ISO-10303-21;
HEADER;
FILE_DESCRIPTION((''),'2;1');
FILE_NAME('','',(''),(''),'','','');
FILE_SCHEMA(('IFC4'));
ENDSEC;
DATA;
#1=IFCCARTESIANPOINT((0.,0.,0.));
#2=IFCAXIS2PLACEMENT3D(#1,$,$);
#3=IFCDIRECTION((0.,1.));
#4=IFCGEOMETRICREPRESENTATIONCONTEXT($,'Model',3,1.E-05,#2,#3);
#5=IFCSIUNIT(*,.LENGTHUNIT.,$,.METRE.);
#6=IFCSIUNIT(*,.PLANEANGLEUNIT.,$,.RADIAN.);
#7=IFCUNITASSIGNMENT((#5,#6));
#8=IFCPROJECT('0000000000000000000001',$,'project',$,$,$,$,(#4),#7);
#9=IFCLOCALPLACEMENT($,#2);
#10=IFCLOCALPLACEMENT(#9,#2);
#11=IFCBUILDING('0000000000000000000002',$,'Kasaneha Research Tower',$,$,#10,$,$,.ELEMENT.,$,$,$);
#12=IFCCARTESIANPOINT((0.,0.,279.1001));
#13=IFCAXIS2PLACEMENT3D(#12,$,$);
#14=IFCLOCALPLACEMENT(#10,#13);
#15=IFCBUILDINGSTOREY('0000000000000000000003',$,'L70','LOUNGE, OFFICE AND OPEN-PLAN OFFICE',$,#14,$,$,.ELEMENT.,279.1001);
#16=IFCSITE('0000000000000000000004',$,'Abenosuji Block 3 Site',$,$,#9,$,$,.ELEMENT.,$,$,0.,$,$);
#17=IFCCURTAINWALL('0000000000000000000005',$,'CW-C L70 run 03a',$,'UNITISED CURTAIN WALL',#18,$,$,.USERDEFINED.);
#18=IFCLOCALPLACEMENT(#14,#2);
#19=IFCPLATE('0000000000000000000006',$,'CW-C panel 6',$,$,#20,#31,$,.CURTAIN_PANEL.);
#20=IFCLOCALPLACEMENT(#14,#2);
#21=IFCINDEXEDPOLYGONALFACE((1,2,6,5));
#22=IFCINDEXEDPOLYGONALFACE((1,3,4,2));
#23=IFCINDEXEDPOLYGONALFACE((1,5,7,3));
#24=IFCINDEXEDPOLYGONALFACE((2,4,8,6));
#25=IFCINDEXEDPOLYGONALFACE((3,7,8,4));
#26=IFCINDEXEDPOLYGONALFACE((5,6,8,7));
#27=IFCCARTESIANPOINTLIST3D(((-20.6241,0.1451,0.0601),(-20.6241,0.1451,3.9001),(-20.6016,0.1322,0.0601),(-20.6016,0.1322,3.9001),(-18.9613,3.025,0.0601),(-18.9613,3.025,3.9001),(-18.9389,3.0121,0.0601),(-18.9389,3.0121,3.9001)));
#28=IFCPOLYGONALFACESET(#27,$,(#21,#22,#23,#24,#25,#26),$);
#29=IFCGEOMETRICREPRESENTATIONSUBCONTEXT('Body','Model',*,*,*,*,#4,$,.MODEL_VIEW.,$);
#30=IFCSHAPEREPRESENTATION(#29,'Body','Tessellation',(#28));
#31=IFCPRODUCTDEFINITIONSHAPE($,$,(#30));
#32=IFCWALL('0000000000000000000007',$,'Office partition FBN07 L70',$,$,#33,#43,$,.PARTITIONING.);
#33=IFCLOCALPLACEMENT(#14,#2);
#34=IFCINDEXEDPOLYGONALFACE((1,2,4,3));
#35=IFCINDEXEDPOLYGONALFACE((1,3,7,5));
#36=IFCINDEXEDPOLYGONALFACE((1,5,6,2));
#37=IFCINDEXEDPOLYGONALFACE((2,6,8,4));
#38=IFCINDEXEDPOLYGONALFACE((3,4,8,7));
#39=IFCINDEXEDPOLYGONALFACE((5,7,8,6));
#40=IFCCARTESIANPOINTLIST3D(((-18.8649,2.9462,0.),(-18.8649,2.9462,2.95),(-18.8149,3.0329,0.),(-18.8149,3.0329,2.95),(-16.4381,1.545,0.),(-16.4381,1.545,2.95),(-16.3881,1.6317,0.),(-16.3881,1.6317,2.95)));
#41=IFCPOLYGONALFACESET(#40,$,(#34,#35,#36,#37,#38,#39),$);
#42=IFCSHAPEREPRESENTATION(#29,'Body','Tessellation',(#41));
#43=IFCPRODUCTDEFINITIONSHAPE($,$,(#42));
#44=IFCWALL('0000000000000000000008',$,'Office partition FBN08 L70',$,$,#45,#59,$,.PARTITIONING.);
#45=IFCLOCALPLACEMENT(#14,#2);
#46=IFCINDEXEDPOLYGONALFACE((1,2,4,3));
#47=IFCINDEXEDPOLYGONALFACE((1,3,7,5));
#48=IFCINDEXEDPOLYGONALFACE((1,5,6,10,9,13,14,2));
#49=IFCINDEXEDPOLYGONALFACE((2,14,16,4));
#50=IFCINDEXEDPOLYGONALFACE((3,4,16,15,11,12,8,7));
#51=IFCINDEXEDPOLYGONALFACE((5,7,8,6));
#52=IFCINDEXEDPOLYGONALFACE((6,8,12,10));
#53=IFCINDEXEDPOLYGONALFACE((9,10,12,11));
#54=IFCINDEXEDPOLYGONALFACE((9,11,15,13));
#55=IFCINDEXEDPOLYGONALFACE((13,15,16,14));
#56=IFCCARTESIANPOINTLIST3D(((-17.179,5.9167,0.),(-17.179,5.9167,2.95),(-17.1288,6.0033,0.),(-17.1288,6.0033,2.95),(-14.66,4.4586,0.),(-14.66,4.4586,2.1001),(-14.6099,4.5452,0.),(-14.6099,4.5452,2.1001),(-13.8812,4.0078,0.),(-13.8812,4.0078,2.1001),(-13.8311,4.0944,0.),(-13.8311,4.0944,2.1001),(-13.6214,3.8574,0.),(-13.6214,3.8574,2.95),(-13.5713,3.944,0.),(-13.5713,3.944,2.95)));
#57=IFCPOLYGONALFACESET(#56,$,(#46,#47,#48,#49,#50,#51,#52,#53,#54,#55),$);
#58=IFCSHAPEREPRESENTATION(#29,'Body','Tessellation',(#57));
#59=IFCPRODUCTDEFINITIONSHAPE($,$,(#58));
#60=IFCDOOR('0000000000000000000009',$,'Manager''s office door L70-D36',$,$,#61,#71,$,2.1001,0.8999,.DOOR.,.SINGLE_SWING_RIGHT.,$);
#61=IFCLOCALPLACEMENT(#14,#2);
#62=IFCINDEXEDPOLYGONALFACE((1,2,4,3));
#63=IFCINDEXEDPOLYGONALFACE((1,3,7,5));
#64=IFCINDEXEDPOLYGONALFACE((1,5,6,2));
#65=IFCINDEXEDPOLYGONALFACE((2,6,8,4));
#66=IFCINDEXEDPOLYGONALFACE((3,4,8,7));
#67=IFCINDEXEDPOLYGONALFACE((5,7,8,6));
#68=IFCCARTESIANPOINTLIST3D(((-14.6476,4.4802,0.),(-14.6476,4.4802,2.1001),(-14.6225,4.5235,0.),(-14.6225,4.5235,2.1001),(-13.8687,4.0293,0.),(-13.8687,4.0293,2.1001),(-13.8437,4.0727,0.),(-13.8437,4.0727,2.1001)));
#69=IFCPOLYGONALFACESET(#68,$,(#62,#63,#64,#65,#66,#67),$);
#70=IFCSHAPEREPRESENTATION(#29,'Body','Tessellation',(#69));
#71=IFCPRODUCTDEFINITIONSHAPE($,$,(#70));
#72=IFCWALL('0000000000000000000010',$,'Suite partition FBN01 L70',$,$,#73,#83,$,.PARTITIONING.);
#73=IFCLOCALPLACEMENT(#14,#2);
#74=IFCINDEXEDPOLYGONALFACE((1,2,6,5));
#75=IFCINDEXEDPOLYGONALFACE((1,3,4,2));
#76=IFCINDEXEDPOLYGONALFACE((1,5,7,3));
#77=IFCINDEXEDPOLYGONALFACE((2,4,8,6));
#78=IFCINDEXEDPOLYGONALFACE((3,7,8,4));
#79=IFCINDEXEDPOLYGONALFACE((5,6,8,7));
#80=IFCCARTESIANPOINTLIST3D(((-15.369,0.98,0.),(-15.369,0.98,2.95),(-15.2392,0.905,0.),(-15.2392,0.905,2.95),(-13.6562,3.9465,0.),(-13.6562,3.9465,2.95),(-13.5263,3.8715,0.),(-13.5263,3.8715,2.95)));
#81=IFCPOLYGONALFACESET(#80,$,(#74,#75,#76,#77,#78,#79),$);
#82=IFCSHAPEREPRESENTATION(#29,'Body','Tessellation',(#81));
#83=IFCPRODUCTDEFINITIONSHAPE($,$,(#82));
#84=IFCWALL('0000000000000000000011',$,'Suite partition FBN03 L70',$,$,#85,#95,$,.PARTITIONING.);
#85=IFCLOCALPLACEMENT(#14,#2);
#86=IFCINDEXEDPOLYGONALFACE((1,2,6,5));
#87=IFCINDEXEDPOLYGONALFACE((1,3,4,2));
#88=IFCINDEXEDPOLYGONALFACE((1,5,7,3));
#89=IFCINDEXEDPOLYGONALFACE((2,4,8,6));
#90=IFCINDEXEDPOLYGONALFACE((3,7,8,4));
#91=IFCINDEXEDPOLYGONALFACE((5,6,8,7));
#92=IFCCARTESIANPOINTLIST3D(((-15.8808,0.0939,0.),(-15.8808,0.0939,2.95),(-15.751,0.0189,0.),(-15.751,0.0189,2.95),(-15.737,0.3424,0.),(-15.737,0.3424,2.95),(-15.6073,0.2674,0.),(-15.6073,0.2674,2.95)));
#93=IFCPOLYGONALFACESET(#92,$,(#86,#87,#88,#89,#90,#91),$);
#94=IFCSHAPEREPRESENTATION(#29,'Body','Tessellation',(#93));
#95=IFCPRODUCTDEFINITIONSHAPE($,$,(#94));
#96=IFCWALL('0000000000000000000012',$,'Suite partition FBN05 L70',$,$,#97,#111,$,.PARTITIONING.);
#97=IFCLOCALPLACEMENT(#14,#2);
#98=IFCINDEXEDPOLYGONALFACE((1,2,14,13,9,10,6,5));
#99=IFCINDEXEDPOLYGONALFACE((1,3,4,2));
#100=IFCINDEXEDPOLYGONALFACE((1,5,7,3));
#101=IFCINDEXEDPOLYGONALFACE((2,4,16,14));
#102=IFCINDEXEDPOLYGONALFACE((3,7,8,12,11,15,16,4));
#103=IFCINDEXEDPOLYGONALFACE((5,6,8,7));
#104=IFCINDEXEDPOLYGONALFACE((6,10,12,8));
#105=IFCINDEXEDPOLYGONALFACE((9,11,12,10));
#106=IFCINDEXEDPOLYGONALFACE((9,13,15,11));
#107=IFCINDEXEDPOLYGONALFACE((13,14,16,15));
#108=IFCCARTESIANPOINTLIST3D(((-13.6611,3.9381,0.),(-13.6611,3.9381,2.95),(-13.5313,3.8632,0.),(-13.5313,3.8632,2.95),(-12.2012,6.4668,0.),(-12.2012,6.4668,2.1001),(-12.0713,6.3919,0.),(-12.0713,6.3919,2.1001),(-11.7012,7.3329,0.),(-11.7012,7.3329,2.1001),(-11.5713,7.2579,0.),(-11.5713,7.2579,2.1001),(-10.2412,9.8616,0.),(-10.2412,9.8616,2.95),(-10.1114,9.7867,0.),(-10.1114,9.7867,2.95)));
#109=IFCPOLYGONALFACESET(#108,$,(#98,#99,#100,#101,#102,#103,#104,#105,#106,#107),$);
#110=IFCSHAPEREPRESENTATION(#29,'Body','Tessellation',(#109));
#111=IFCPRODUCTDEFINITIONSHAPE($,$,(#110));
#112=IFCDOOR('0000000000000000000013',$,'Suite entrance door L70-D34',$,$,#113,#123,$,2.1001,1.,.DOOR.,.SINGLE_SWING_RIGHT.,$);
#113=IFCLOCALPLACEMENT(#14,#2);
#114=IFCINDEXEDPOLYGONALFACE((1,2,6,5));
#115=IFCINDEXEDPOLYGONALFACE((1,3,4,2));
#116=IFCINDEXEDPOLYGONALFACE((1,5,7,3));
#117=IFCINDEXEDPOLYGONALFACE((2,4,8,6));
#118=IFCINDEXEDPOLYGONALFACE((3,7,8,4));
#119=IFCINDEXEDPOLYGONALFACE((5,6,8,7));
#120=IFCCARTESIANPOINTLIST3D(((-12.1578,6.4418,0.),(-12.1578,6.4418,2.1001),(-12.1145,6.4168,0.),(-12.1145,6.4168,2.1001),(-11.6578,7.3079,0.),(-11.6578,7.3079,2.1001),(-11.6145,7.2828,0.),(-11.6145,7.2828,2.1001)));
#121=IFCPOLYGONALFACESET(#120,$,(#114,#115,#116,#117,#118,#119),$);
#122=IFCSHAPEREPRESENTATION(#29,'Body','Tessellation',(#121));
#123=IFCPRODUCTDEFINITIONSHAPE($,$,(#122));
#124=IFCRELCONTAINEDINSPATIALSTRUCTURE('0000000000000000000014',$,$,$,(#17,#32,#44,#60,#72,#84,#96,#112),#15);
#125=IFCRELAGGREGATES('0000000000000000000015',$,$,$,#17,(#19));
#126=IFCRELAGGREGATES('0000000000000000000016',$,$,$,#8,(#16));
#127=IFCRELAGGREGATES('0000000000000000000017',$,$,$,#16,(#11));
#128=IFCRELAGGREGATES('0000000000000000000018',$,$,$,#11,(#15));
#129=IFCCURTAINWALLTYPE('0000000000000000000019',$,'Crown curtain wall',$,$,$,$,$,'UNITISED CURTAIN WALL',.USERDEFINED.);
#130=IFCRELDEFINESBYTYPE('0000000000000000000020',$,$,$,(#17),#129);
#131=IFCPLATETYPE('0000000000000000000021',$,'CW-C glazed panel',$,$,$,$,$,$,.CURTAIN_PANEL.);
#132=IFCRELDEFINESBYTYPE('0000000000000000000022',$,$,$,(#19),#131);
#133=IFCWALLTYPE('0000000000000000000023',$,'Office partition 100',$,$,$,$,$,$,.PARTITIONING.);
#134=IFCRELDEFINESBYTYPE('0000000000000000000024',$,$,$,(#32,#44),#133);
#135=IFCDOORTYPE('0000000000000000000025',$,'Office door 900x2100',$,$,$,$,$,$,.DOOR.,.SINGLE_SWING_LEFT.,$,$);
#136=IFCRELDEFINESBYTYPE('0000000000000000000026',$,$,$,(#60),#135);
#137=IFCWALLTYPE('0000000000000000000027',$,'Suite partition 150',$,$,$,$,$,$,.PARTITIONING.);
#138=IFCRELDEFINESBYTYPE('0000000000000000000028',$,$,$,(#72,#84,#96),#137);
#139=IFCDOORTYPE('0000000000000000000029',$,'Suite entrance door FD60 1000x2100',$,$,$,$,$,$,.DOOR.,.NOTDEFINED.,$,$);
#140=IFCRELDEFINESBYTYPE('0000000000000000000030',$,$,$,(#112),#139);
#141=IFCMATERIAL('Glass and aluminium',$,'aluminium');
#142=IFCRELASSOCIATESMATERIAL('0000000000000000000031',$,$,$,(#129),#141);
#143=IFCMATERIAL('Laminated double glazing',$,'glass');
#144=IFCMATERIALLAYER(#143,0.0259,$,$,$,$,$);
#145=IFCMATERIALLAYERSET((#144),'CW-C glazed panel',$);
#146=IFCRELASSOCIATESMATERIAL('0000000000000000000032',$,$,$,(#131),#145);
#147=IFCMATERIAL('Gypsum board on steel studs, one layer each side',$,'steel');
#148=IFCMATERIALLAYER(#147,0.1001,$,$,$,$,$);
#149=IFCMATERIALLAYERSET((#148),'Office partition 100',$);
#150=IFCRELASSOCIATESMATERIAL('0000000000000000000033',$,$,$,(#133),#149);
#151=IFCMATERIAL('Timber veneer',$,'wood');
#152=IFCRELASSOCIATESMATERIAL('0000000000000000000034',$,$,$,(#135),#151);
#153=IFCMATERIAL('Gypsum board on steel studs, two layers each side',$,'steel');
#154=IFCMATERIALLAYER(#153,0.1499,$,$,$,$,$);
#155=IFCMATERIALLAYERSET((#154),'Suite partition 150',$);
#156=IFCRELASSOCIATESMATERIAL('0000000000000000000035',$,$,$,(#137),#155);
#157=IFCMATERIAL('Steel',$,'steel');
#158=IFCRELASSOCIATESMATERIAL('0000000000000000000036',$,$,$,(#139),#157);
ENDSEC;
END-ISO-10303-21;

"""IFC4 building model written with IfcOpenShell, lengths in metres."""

from ifc_helpers import new_model, si_unit, direction, frame, frame_2d, origin, origin_2d, place, context, subcontext, project, spatial, rectangle, extrude, material, layer, layer_set, type_object, element, fill, aggregate, save


model = new_model("IFC4")

# Units and contexts
model_context = context("Model", 3, precision=1e-05, world=origin(), true_north=direction((0.0, 1.0)))
body_context = subcontext(model_context, "Body", "Model", "MODEL_VIEW")
ifc_project = project(units=[si_unit("LENGTHUNIT", "METRE"), si_unit("PLANEANGLEUNIT", "RADIAN")], contexts=[model_context])

# Site, building, storey
site_placement = place(None, origin())
site = spatial("IfcSite", under=ifc_project, at=site_placement, Name="Abenosuji Block 3 Site", CompositionType="ELEMENT", RefElevation=0.0)
building_placement = place(site_placement, origin())
building = spatial("IfcBuilding", under=site, at=building_placement, Name="Kasaneha Research Tower", CompositionType="ELEMENT")
storey_placement = place(building_placement, frame((0.0, 0.0, 279.1001)))
storey = spatial("IfcBuildingStorey", under=building, at=storey_placement, Name="L70", Description="LOUNGE, OFFICE AND OPEN-PLAN OFFICE", CompositionType="ELEMENT", Elevation=279.1001)

# Curtain wall
ifc_material_1 = material(Name="Glass and aluminium", Category="aluminium")
curtain_wall_type = type_object("IfcCurtainWallType", Name="Crown curtain wall", ElementType="UNITISED CURTAIN WALL", PredefinedType="USERDEFINED", material=ifc_material_1)
curtain_wall_placement = place(storey_placement, origin())
curtain_wall = element("IfcCurtainWall", 1, at=curtain_wall_placement, inside=storey, type_object=curtain_wall_type, Name="CW-C L70 run 03a", ObjectType="UNITISED CURTAIN WALL", PredefinedType="USERDEFINED")

# Plate
ifc_material_2 = material(Name="Laminated double glazing", Category="glass")
ifc_layer_1 = layer(ifc_material_2, 0.0259)
ifc_layer_set_1 = layer_set([ifc_layer_1], Name="CW-C glazed panel")
plate_type = type_object("IfcPlateType", Name="CW-C glazed panel", PredefinedType="CURTAIN_PANEL", material=ifc_layer_set_1)
plate_1_placement = place(storey_placement, frame((-19.7815, 1.5786, 0.0601), z_axis=(0.0, 0.0, 1.0), x_axis=(-0.5, -0.866025, 0.0)))
plate_1 = element("IfcPlate", 2, at=plate_1_placement, type_object=plate_type, Name="CW-C panel 6", PredefinedType="CURTAIN_PANEL", context=body_context, shape_type="SweptSolid", body=[
    extrude(rectangle(XDim=3.3254, YDim=0.0259, at=origin_2d()), origin(), (0.0, 0.0, 1.0), 3.8401),
])
aggregate(curtain_wall, [plate_1])

# Wall
ifc_material_3 = material(Name="Gypsum board on steel studs, one layer each side", Category="steel")
ifc_layer_2 = layer(ifc_material_3, 0.1001)
ifc_layer_set_2 = layer_set([ifc_layer_2], Name="Office partition 100")
wall_type_1 = type_object("IfcWallType", Name="Office partition 100", PredefinedType="PARTITIONING", material=ifc_layer_set_2)
wall_1_placement = place(storey_placement, frame((-16.4131, 1.5884, 0.0), z_axis=(0.0, 0.0, 1.0), x_axis=(-0.86602, 0.500009, 0.0)))
element("IfcWall", 3, at=wall_1_placement, inside=storey, type_object=wall_type_1, Name="Office partition FBN07 L70", PredefinedType="PARTITIONING", context=body_context, shape_type="SweptSolid", body=[
    extrude(rectangle(XDim=2.8022, YDim=0.1001, at=frame_2d((1.4011, 0.0))), origin(), (0.0, 0.0, 1.0), 2.95),
])

# Wall, opening, door
wall_2_placement = place(storey_placement, frame((-17.1538, 5.96, 0.0), z_axis=(0.0, 0.0, 1.0), x_axis=(0.865463, -0.500973, 0.0)))
wall_2 = element("IfcWall", 4, at=wall_2_placement, inside=storey, type_object=wall_type_1, Name="Office partition FBN08 L70", PredefinedType="PARTITIONING", context=body_context, shape_type="SweptSolid", body=[
    extrude(rectangle(XDim=4.1106, YDim=0.1001, at=frame_2d((2.0552, 0.0))), origin(), (0.0, 0.0, 1.0), 2.95),
])
opening_1_placement = place(wall_2_placement, frame((2.9104, 0.0, 0.0)))
opening_1 = element("IfcOpeningElement", 5, at=opening_1_placement, cuts=wall_2, PredefinedType="OPENING", context=body_context, shape_type="SweptSolid", body=[
    extrude(rectangle(XDim=0.8999, YDim=2.1001, at=frame_2d((0.45, 1.05))), frame((0.0, 0.0601, 0.0), z_axis=(0.0, -1.0, 0.0), x_axis=(1.0, 0.0, 0.0)), (0.0, 0.0, 1.0), 0.1201),
])
ifc_material_4 = material(Name="Timber veneer", Category="wood")
door_type_1 = type_object("IfcDoorType", Name="Office door 900x2100", OperationType="SINGLE_SWING_LEFT", PredefinedType="DOOR", material=ifc_material_4)
door_1_placement = place(opening_1_placement, origin())
door_1 = element("IfcDoor", 6, at=door_1_placement, inside=storey, type_object=door_type_1, Name="Manager's office door L70-D36", OperationType="SINGLE_SWING_RIGHT", OverallHeight=2.1001, OverallWidth=0.8999, PredefinedType="DOOR", context=body_context, shape_type="SweptSolid", body=[
    extrude(rectangle(XDim=0.8999, YDim=2.1001, at=frame_2d((0.45, 1.05))), frame((0.0, 0.0249, 0.0), z_axis=(0.0, -1.0, 0.0), x_axis=(1.0, 0.0, 0.0)), (0.0, 0.0, 1.0), 0.05),
])
fill(opening_1, door_1)

# Walls
ifc_material_5 = material(Name="Gypsum board on steel studs, two layers each side", Category="steel")
ifc_layer_3 = layer(ifc_material_5, 0.1499)
ifc_layer_set_3 = layer_set([ifc_layer_3], Name="Suite partition 150")
wall_type_2 = type_object("IfcWallType", Name="Suite partition 150", PredefinedType="PARTITIONING", material=ifc_layer_set_3)
wall_3_placement = place(storey_placement, frame((-15.3042, 0.9424, 0.0), z_axis=(0.0, 0.0, 1.0), x_axis=(0.500033, 0.866006, 0.0)))
element("IfcWall", 7, at=wall_3_placement, inside=storey, type_object=wall_type_2, Name="Suite partition FBN01 L70", PredefinedType="PARTITIONING", context=body_context, shape_type="SweptSolid", body=[
    extrude(rectangle(XDim=3.4255, YDim=0.1499, at=frame_2d((1.7129, 0.0))), origin(), (0.0, 0.0, 1.0), 2.95),
])
wall_4_placement = place(storey_placement, frame((-15.8159, 0.0564, 0.0), z_axis=(0.0, 0.0, 1.0), x_axis=(0.500802, 0.865562, 0.0)))
element("IfcWall", 8, at=wall_4_placement, inside=storey, type_object=wall_type_2, Name="Suite partition FBN03 L70", PredefinedType="PARTITIONING", context=body_context, shape_type="SweptSolid", body=[
    extrude(rectangle(XDim=0.2871, YDim=0.1499, at=frame_2d((0.1436, 0.0))), origin(), (0.0, 0.0, 1.0), 2.95),
])

# Wall, opening, door
wall_5_placement = place(storey_placement, frame((-13.5962, 3.9006, 0.0), z_axis=(0.0, 0.0, 1.0), x_axis=(0.499993, 0.866029, 0.0)))
wall_5 = element("IfcWall", 9, at=wall_5_placement, inside=storey, type_object=wall_type_2, Name="Suite partition FBN05 L70", PredefinedType="PARTITIONING", context=body_context, shape_type="SweptSolid", body=[
    extrude(rectangle(XDim=6.8398, YDim=0.1499, at=frame_2d((3.4199, 0.0))), origin(), (0.0, 0.0, 1.0), 2.95),
])
opening_2_placement = place(wall_5_placement, frame((2.9199, 0.0, 0.0)))
opening_2 = element("IfcOpeningElement", 10, at=opening_2_placement, cuts=wall_5, PredefinedType="OPENING", context=body_context, shape_type="SweptSolid", body=[
    extrude(rectangle(XDim=1.0, YDim=2.1001, at=frame_2d((0.5, 1.05))), frame((0.0, 0.085, 0.0), z_axis=(0.0, -1.0, 0.0), x_axis=(1.0, 0.0, 0.0)), (0.0, 0.0, 1.0), 0.1699),
])
ifc_material_6 = material(Name="Steel", Category="steel")
door_type_2 = type_object("IfcDoorType", Name="Suite entrance door FD60 1000x2100", OperationType="NOTDEFINED", PredefinedType="DOOR", material=ifc_material_6)
door_2_placement = place(opening_2_placement, origin())
door_2 = element("IfcDoor", 11, at=door_2_placement, inside=storey, type_object=door_type_2, Name="Suite entrance door L70-D34", OperationType="SINGLE_SWING_RIGHT", OverallHeight=2.1001, OverallWidth=1.0, PredefinedType="DOOR", context=body_context, shape_type="SweptSolid", body=[
    extrude(rectangle(XDim=1.0, YDim=2.1001, at=frame_2d((0.5, 1.05))), frame((0.0, 0.0249, 0.0), z_axis=(0.0, -1.0, 0.0), x_axis=(1.0, 0.0, 0.0)), (0.0, 0.0, 1.0), 0.05),
])
fill(opening_2, door_2)

save(model, "model.ifc")
